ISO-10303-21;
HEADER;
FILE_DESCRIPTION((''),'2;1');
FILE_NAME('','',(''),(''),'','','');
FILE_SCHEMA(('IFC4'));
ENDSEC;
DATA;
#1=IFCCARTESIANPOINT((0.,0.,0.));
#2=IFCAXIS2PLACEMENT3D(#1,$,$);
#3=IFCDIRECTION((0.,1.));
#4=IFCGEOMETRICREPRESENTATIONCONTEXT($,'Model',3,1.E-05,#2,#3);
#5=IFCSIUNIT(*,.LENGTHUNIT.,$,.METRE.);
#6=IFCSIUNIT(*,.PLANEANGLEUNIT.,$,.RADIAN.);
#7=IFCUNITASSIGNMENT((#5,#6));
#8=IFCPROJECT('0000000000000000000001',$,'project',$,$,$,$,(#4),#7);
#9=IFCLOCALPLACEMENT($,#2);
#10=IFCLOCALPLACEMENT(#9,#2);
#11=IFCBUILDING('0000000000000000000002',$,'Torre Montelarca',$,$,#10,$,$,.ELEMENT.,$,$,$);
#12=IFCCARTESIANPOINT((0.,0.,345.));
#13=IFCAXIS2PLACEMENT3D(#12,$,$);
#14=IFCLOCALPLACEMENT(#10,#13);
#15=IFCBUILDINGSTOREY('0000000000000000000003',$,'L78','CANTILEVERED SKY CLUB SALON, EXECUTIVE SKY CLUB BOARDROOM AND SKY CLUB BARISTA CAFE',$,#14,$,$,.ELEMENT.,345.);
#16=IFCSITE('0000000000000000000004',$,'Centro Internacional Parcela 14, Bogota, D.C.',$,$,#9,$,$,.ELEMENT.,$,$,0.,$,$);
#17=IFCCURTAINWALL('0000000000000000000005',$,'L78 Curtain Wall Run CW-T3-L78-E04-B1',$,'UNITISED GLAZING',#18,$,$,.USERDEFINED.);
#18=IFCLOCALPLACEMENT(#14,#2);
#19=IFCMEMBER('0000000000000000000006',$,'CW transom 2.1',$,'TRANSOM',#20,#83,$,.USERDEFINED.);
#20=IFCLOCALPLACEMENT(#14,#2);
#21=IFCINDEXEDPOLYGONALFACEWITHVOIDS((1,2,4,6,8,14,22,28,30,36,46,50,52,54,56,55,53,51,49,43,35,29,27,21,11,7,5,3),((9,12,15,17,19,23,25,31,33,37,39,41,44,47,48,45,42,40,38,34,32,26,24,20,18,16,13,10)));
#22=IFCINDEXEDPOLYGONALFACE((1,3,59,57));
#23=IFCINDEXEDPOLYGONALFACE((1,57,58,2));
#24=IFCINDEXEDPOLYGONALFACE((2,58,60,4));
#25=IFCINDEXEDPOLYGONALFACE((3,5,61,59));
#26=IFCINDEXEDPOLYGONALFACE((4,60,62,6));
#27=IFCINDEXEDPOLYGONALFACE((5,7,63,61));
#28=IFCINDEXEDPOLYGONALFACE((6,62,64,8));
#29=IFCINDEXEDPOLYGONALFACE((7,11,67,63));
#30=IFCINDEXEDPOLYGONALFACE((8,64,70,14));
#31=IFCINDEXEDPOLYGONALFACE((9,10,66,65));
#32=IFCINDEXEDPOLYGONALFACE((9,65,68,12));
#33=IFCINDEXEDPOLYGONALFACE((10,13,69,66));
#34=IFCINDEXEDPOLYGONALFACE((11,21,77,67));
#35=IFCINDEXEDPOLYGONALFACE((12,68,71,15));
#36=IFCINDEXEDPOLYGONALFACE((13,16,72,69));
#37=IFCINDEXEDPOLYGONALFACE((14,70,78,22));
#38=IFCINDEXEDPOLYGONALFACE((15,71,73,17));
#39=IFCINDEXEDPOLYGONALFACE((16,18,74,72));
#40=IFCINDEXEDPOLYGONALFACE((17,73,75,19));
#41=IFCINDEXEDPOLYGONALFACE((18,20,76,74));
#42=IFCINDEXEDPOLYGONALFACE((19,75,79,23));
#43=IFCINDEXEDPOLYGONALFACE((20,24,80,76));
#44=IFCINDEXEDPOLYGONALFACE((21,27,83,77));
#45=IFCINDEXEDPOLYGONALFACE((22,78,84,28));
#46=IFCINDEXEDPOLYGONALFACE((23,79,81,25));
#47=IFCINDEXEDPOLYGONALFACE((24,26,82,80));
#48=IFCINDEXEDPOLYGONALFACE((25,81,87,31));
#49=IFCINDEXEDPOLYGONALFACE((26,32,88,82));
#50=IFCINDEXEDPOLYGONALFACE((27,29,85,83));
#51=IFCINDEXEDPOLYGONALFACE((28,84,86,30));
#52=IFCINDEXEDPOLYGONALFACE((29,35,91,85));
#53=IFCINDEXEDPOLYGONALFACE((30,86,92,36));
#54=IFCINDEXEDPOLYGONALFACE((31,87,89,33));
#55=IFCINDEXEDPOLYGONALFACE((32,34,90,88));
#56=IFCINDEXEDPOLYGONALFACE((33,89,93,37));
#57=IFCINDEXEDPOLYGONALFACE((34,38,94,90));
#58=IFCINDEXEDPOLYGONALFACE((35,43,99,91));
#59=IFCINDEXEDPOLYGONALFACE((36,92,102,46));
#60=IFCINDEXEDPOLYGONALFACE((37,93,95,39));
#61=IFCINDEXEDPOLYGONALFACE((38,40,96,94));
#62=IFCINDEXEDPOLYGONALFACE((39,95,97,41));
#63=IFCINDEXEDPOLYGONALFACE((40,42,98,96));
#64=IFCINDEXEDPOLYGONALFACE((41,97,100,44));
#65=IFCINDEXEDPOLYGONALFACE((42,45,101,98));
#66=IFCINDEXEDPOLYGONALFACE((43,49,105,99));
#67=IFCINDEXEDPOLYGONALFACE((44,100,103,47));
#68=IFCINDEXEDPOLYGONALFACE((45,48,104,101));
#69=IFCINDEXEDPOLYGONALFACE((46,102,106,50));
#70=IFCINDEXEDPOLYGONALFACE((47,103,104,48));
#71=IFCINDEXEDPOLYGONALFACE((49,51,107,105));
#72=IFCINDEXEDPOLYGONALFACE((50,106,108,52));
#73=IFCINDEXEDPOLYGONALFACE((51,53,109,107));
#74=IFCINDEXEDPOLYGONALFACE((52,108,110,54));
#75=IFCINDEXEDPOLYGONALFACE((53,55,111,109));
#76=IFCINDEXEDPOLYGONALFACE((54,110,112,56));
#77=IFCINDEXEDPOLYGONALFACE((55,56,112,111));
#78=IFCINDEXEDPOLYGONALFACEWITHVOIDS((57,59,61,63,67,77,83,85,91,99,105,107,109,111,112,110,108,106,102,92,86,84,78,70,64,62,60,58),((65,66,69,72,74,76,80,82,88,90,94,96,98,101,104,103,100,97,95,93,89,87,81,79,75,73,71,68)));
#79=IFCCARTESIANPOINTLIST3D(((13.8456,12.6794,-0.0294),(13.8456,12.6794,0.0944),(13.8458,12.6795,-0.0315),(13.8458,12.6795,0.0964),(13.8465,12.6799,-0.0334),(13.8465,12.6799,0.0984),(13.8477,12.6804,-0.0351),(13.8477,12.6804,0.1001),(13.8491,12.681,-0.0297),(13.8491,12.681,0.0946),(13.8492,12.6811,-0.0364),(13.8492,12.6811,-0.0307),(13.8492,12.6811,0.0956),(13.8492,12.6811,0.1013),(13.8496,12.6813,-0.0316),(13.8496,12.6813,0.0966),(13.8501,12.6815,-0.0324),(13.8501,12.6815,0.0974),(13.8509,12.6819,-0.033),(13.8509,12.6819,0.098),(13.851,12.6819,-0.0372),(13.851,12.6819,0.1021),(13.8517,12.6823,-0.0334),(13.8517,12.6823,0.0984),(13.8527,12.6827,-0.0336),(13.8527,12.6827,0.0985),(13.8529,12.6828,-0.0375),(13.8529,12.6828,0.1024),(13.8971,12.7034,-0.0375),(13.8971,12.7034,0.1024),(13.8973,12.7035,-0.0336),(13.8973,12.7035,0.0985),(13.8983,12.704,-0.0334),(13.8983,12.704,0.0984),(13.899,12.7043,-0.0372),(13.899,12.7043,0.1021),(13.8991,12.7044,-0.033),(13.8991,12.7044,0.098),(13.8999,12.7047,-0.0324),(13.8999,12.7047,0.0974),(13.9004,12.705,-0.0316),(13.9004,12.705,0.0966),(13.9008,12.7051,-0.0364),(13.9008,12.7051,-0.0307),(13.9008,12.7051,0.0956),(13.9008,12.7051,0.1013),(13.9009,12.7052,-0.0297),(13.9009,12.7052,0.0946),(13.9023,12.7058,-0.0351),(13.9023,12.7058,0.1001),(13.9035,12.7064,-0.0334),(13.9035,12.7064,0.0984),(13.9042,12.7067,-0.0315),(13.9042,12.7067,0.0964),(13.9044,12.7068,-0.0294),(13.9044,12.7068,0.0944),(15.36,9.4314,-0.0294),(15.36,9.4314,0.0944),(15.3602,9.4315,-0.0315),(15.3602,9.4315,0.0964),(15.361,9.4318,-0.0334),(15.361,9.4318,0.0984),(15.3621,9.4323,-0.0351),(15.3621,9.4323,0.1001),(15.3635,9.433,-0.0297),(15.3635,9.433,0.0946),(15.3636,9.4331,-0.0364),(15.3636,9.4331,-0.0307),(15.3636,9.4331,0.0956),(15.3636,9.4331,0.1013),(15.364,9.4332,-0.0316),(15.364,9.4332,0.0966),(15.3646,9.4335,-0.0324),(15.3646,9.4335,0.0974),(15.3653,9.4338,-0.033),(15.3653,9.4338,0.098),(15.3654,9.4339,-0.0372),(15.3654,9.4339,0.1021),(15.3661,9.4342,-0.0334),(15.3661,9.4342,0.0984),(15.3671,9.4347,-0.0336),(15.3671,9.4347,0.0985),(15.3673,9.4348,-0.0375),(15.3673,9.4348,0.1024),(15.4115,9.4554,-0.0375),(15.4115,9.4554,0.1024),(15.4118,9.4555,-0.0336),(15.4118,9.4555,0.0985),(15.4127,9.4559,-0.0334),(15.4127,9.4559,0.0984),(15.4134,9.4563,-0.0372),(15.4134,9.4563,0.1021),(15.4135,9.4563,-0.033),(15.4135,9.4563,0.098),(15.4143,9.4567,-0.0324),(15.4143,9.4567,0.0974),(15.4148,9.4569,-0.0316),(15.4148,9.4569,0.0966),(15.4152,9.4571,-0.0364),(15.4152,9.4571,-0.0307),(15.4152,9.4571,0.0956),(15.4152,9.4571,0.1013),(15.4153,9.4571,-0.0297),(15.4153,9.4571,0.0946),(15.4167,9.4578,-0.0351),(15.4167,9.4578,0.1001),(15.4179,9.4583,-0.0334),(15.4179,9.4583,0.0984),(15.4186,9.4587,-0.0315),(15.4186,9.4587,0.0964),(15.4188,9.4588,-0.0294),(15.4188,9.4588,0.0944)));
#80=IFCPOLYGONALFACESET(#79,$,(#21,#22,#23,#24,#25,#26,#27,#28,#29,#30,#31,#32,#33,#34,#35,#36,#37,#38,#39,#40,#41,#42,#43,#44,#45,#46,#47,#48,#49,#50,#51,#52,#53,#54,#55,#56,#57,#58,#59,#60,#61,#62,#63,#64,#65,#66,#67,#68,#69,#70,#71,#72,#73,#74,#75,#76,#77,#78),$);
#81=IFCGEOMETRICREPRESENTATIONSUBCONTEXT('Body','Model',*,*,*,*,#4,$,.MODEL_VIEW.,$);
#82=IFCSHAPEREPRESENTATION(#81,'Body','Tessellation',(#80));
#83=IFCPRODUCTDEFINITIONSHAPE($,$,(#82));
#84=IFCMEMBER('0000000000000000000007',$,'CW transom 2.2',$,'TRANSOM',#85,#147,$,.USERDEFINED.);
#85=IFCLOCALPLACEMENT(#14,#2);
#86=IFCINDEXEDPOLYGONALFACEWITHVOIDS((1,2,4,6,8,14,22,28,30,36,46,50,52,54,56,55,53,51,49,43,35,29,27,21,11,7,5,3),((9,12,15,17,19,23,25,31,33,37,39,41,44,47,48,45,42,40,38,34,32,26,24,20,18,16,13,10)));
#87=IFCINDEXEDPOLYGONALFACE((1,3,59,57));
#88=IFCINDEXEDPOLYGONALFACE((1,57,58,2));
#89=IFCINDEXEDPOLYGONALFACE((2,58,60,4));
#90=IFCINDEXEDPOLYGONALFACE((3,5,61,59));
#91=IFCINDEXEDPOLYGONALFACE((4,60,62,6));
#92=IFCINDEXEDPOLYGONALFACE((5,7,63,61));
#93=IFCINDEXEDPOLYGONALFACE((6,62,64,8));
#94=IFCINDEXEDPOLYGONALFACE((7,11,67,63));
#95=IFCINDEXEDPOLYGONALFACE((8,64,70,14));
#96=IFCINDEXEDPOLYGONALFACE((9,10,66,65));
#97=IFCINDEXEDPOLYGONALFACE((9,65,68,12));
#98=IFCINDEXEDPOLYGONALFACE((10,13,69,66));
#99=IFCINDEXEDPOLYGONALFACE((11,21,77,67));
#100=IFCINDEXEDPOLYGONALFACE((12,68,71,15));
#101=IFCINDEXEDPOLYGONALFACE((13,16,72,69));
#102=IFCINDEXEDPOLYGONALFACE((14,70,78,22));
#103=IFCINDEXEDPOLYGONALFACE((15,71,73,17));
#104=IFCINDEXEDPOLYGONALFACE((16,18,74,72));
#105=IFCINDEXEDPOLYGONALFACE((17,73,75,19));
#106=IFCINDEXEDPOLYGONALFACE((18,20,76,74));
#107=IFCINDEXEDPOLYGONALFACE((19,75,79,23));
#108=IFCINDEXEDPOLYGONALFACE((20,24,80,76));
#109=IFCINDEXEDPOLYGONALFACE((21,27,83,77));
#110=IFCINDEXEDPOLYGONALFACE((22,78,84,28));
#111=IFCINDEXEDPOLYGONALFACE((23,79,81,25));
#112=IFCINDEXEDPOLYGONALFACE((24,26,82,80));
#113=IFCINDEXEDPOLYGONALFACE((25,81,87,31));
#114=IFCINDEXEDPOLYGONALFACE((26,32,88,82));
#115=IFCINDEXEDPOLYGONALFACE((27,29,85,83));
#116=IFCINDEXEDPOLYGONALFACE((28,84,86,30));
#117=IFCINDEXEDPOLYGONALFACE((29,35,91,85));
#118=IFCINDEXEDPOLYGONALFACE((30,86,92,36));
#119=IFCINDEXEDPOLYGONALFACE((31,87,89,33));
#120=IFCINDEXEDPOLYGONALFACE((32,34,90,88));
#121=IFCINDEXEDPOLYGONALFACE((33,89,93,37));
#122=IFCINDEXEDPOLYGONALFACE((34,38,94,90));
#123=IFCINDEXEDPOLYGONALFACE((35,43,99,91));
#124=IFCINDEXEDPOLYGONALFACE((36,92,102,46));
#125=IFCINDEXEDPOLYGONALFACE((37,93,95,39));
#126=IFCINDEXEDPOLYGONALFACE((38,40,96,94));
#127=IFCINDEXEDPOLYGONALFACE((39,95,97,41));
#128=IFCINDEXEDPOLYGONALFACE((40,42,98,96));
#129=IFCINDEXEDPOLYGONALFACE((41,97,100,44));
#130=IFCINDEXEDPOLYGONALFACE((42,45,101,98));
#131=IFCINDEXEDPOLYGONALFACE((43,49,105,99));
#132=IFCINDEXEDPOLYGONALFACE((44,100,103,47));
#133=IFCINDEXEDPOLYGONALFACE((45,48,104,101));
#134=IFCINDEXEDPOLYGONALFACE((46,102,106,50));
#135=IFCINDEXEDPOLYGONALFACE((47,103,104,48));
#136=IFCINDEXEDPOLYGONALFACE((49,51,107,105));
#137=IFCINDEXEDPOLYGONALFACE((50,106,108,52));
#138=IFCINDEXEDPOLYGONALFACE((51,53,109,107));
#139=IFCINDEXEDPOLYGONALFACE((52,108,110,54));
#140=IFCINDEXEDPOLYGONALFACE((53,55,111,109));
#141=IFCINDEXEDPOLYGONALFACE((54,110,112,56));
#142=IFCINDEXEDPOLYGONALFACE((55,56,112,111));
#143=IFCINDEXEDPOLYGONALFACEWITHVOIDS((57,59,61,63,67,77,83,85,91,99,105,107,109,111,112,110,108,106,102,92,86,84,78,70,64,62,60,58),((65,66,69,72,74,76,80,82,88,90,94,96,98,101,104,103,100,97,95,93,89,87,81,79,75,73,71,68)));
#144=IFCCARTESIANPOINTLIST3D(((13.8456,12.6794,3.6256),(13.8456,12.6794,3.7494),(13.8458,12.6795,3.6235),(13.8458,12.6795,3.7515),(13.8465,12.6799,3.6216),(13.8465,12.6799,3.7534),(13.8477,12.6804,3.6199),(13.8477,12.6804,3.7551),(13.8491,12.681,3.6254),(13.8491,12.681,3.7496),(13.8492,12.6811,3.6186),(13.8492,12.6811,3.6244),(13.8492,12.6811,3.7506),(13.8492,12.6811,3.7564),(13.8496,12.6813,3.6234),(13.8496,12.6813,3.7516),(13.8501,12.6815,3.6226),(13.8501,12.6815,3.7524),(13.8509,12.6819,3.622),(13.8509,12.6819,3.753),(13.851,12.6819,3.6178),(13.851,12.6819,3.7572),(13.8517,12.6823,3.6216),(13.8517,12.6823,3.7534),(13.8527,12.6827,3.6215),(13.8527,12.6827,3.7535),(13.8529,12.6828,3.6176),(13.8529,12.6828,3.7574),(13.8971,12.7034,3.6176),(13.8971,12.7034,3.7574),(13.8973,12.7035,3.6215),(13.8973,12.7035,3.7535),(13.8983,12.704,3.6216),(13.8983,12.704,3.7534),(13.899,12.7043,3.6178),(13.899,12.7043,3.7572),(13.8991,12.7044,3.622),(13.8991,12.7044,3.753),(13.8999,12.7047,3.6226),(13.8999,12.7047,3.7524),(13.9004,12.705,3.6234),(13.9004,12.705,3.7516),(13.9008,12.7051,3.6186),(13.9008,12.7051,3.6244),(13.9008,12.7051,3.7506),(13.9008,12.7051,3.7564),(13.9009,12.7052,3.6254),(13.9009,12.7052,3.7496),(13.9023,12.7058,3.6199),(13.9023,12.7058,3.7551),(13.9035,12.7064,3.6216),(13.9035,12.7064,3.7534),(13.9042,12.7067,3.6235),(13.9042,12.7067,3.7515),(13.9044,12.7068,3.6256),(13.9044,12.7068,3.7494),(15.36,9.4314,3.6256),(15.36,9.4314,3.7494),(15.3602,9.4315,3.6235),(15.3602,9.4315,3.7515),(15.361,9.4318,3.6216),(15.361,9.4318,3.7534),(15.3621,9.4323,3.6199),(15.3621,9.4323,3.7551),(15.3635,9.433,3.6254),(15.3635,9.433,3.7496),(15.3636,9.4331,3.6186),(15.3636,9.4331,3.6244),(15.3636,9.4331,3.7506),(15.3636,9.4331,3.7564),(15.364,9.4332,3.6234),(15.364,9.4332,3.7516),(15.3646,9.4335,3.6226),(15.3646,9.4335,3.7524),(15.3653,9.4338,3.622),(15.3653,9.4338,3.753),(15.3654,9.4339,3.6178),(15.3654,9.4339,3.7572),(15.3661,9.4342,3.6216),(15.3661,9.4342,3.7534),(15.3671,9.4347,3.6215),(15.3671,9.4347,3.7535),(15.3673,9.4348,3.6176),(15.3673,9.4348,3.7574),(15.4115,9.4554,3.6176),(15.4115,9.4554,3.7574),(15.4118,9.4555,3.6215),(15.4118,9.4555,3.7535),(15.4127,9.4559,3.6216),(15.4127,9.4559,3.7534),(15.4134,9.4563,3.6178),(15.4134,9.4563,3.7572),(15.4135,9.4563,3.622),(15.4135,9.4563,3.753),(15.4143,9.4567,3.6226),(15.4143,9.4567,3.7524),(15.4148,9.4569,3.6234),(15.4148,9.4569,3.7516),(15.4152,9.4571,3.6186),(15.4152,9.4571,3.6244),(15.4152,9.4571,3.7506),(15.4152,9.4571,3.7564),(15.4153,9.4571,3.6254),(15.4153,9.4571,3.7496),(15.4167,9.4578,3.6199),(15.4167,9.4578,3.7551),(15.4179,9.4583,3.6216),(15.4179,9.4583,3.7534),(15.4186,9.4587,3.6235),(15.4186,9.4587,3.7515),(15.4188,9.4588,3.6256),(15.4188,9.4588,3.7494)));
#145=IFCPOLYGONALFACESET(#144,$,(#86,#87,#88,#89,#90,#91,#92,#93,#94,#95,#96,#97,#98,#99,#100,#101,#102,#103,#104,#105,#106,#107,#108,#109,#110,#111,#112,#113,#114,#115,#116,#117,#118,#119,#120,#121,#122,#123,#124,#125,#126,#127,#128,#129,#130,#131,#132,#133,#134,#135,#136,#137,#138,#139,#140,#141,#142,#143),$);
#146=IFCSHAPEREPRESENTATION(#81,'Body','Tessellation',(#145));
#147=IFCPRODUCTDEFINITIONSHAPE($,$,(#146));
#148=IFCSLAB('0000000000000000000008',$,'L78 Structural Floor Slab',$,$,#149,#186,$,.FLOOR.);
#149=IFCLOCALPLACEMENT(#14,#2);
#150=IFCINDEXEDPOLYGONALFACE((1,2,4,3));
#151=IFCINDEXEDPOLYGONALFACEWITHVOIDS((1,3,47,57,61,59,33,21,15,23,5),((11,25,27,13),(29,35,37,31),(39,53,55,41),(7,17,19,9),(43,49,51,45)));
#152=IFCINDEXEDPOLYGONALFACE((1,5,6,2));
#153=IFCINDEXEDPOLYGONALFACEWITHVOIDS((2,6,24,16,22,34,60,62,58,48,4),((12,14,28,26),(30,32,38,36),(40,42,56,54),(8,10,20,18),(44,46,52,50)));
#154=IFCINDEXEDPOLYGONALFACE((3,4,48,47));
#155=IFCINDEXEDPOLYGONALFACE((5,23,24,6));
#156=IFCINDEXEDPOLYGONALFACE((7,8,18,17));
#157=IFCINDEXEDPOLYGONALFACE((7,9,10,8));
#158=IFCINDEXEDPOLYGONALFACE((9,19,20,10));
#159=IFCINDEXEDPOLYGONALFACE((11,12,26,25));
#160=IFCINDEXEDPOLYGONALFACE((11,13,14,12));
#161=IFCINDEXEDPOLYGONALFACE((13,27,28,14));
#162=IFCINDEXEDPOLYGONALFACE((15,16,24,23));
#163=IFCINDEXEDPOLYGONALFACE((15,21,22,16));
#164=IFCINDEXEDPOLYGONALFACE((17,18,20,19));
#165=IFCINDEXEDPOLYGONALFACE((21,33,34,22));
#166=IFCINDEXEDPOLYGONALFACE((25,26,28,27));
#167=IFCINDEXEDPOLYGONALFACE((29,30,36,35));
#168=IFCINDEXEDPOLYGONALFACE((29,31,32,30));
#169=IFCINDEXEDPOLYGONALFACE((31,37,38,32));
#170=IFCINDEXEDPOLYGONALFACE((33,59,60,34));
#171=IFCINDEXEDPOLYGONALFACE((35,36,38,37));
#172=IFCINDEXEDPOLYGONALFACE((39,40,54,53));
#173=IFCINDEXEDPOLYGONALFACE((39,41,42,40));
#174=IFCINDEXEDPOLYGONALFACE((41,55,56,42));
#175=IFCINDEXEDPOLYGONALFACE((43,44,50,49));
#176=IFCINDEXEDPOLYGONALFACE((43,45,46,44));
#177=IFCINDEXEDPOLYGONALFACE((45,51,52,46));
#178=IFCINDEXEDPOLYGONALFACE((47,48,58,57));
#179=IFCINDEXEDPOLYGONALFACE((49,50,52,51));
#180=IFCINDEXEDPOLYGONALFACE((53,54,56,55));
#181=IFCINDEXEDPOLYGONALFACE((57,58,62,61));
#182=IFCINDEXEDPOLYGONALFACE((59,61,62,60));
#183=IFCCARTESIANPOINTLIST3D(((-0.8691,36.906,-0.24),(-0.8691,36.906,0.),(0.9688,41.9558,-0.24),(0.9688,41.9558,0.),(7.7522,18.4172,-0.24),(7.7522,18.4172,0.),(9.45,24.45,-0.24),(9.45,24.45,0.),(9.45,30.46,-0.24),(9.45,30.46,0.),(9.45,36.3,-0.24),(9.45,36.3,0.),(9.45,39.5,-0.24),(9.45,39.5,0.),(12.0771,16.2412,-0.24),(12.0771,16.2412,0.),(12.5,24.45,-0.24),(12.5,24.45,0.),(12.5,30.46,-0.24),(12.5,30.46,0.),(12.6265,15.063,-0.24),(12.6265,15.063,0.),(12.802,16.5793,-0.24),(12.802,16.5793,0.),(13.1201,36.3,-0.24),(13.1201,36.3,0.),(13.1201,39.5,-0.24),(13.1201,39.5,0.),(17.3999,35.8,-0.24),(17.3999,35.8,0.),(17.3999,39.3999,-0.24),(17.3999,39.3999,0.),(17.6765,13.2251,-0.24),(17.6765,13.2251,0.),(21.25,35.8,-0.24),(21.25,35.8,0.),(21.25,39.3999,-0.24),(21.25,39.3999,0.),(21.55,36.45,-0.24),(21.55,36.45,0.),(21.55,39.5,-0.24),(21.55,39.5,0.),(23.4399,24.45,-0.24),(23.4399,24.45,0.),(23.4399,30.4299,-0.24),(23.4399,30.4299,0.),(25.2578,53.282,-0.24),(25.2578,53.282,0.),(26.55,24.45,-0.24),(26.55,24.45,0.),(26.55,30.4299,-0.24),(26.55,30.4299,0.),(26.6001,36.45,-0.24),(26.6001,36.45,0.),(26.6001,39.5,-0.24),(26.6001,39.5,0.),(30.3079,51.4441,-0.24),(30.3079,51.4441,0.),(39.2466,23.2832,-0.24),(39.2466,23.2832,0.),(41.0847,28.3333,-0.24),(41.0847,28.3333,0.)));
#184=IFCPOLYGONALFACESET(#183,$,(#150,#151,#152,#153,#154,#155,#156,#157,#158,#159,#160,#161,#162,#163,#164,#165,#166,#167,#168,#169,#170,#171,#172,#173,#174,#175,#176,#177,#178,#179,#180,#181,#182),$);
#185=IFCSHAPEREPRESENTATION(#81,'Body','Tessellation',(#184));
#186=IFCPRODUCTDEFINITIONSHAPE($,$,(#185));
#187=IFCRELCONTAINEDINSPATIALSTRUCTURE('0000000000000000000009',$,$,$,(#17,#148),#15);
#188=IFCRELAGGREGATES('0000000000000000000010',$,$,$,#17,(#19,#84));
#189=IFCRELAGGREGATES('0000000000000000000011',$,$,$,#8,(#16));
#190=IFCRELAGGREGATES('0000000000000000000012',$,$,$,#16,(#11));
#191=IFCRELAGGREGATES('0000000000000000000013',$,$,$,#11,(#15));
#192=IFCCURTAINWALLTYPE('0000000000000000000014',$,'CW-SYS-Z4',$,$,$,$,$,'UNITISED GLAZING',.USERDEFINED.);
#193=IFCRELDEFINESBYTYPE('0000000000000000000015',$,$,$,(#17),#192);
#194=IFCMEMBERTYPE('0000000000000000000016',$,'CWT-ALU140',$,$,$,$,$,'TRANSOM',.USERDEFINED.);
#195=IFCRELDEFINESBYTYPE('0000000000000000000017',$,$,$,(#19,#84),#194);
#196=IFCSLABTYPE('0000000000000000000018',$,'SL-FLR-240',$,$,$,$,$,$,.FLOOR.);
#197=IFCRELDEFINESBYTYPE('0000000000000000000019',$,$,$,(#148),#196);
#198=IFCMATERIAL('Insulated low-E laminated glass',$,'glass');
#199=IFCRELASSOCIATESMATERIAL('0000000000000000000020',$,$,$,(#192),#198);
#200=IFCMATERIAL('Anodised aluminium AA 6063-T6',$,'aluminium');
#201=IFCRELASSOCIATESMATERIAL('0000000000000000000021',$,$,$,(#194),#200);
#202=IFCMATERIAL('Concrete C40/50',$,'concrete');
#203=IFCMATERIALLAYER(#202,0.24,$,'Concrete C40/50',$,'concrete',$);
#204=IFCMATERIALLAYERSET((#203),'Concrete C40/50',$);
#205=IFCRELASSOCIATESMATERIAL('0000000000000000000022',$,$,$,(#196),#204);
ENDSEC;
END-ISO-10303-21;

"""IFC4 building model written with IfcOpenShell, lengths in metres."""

from ifc_helpers import new_model, si_unit, direction, frame, origin, origin_2d, place, context, subcontext, project, spatial, polyline, hollow_rectangle, outline, extrude, source, transform, mapped, material, layer, layer_set, material_profile, profile_set, type_object, element, aggregate, save


model = new_model("IFC4")

# Units and contexts
model_context = context("Model", 3, precision=1e-05, world=origin(), true_north=direction((0.0, 1.0)))
body_context = subcontext(model_context, "Body", "Model", "MODEL_VIEW")
ifc_project = project(units=[si_unit("LENGTHUNIT", "METRE"), si_unit("PLANEANGLEUNIT", "RADIAN")], contexts=[model_context])

# Site, building, storey
site_placement = place(None, origin())
site = spatial("IfcSite", under=ifc_project, at=site_placement, Name="Centro Internacional Parcela 14, Bogota, D.C.", CompositionType="ELEMENT", RefElevation=0.0)
building_placement = place(site_placement, origin())
building = spatial("IfcBuilding", under=site, at=building_placement, Name="Torre Montelarca", CompositionType="ELEMENT")
storey_placement = place(building_placement, frame((0.0, 0.0, 345.0)))
storey = spatial("IfcBuildingStorey", under=building, at=storey_placement, Name="L78", Description="CANTILEVERED SKY CLUB SALON, EXECUTIVE SKY CLUB BOARDROOM AND SKY CLUB BARISTA CAFE", CompositionType="ELEMENT", Elevation=345.0)

# Curtain wall
ifc_material_1 = material(Name="Insulated low-E laminated glass", Category="glass")
curtain_wall_type = type_object("IfcCurtainWallType", Name="CW-SYS-Z4", ElementType="UNITISED GLAZING", PredefinedType="USERDEFINED", material=ifc_material_1)
ifc_material_2 = material(Name="Anodised aluminium AA 6063-T6", Category="aluminium")
curtain_wall_1_placement = place(storey_placement, origin())
curtain_wall_1 = element("IfcCurtainWall", 1, at=curtain_wall_1_placement, inside=storey, type_object=curtain_wall_type, Name="L78 Curtain Wall Run CW-T3-L78-E04-B1", ObjectType="UNITISED GLAZING", PredefinedType="USERDEFINED")

# Members
ifc_material_profile_1 = material_profile(ifc_material_2, hollow_rectangle(XDim=0.0649, YDim=0.1399, WallThickness=0.0039, InnerFilletRadius=0.0039, OuterFilletRadius=0.0081, at=origin_2d()), Name="ALU65X140X4", Category="aluminium")
ifc_profile_set_1 = profile_set([ifc_material_profile_1], Name="Anodised aluminium AA 6063-T6")
member_type_1 = type_object("IfcMemberType", Name="CWT-ALU140", ElementType="TRANSOM", PredefinedType="USERDEFINED", material=ifc_profile_set_1)
shared_shape_1 = source(origin(), body_context, "Body", "SweptSolid", [
    extrude(hollow_rectangle(XDim=0.0649, YDim=0.1399, WallThickness=0.0039, InnerFilletRadius=0.0039, OuterFilletRadius=0.0081, at=origin_2d()), origin(), (0.0, 0.0, 1.0), 3.5837),
])
member_1_placement = place(storey_placement, frame((13.875, 12.6931, 0.0325), z_axis=(0.422576, -0.906328, 0.0), x_axis=(0.906328, 0.422576, 0.0)))
member_1 = element("IfcMember", 2, at=member_1_placement, type_object=member_type_1, Name="CW transom 2.1", ObjectType="TRANSOM", PredefinedType="USERDEFINED", context=body_context, shape_type="MappedRepresentation", body=[
    mapped(shared_shape_1, transform((0.0, 0.0, 0.0), scale=1.0)),
])
member_2_placement = place(storey_placement, frame((13.875, 12.6931, 3.6875), z_axis=(0.422576, -0.906328, 0.0), x_axis=(0.906328, 0.422576, 0.0)))
member_2 = element("IfcMember", 3, at=member_2_placement, type_object=member_type_1, Name="CW transom 2.2", ObjectType="TRANSOM", PredefinedType="USERDEFINED", context=body_context, shape_type="MappedRepresentation", body=[
    mapped(shared_shape_1, transform((0.0, 0.0, 0.0), scale=1.0)),
])

# Slab
ifc_material_3 = material(Name="Concrete C40/50", Category="concrete")
ifc_layer_1 = layer(ifc_material_3, 0.24, Name="Concrete C40/50", Category="concrete")
ifc_layer_set_1 = layer_set([ifc_layer_1], Name="Concrete C40/50")
slab_type_1 = type_object("IfcSlabType", Name="SL-FLR-240", PredefinedType="FLOOR", material=ifc_layer_set_1)
slab_1_placement = place(storey_placement, frame((0.0, 0.0, -0.24)))
element("IfcSlab", 4, at=slab_1_placement, inside=storey, type_object=slab_type_1, Name="L78 Structural Floor Slab", PredefinedType="FLOOR", context=body_context, shape_type="SweptSolid", body=[
    extrude(outline(polyline([(7.7522, 18.4172), (12.802, 16.5793), (12.0771, 16.2412), (12.6265, 15.063), (17.6765, 13.2251), (39.2466, 23.2832), (41.0847, 28.3333), (30.3079, 51.4441), (25.2578, 53.282), (0.9688, 41.9558), (-0.8691, 36.906), (7.7522, 18.4172)]), holes=[polyline([(26.55, 24.45), (23.4399, 24.45), (23.4399, 30.4299), (26.55, 30.4299), (26.55, 24.45)]), polyline([(12.5, 24.45), (9.45, 24.45), (9.45, 30.46), (12.5, 30.46), (12.5, 24.45)]), polyline([(21.25, 39.3999), (21.25, 35.8), (17.3999, 35.8), (17.3999, 39.3999), (21.25, 39.3999)]), polyline([(13.1201, 36.3), (9.45, 36.3), (9.45, 39.5), (13.1201, 39.5), (13.1201, 36.3)]), polyline([(26.6001, 36.45), (21.55, 36.45), (21.55, 39.5), (26.6001, 39.5), (26.6001, 36.45)])]), origin(), (0.0, 0.0, 1.0), 0.24),
])

aggregate(curtain_wall_1, [member_1, member_2])

save(model, "model.ifc")
